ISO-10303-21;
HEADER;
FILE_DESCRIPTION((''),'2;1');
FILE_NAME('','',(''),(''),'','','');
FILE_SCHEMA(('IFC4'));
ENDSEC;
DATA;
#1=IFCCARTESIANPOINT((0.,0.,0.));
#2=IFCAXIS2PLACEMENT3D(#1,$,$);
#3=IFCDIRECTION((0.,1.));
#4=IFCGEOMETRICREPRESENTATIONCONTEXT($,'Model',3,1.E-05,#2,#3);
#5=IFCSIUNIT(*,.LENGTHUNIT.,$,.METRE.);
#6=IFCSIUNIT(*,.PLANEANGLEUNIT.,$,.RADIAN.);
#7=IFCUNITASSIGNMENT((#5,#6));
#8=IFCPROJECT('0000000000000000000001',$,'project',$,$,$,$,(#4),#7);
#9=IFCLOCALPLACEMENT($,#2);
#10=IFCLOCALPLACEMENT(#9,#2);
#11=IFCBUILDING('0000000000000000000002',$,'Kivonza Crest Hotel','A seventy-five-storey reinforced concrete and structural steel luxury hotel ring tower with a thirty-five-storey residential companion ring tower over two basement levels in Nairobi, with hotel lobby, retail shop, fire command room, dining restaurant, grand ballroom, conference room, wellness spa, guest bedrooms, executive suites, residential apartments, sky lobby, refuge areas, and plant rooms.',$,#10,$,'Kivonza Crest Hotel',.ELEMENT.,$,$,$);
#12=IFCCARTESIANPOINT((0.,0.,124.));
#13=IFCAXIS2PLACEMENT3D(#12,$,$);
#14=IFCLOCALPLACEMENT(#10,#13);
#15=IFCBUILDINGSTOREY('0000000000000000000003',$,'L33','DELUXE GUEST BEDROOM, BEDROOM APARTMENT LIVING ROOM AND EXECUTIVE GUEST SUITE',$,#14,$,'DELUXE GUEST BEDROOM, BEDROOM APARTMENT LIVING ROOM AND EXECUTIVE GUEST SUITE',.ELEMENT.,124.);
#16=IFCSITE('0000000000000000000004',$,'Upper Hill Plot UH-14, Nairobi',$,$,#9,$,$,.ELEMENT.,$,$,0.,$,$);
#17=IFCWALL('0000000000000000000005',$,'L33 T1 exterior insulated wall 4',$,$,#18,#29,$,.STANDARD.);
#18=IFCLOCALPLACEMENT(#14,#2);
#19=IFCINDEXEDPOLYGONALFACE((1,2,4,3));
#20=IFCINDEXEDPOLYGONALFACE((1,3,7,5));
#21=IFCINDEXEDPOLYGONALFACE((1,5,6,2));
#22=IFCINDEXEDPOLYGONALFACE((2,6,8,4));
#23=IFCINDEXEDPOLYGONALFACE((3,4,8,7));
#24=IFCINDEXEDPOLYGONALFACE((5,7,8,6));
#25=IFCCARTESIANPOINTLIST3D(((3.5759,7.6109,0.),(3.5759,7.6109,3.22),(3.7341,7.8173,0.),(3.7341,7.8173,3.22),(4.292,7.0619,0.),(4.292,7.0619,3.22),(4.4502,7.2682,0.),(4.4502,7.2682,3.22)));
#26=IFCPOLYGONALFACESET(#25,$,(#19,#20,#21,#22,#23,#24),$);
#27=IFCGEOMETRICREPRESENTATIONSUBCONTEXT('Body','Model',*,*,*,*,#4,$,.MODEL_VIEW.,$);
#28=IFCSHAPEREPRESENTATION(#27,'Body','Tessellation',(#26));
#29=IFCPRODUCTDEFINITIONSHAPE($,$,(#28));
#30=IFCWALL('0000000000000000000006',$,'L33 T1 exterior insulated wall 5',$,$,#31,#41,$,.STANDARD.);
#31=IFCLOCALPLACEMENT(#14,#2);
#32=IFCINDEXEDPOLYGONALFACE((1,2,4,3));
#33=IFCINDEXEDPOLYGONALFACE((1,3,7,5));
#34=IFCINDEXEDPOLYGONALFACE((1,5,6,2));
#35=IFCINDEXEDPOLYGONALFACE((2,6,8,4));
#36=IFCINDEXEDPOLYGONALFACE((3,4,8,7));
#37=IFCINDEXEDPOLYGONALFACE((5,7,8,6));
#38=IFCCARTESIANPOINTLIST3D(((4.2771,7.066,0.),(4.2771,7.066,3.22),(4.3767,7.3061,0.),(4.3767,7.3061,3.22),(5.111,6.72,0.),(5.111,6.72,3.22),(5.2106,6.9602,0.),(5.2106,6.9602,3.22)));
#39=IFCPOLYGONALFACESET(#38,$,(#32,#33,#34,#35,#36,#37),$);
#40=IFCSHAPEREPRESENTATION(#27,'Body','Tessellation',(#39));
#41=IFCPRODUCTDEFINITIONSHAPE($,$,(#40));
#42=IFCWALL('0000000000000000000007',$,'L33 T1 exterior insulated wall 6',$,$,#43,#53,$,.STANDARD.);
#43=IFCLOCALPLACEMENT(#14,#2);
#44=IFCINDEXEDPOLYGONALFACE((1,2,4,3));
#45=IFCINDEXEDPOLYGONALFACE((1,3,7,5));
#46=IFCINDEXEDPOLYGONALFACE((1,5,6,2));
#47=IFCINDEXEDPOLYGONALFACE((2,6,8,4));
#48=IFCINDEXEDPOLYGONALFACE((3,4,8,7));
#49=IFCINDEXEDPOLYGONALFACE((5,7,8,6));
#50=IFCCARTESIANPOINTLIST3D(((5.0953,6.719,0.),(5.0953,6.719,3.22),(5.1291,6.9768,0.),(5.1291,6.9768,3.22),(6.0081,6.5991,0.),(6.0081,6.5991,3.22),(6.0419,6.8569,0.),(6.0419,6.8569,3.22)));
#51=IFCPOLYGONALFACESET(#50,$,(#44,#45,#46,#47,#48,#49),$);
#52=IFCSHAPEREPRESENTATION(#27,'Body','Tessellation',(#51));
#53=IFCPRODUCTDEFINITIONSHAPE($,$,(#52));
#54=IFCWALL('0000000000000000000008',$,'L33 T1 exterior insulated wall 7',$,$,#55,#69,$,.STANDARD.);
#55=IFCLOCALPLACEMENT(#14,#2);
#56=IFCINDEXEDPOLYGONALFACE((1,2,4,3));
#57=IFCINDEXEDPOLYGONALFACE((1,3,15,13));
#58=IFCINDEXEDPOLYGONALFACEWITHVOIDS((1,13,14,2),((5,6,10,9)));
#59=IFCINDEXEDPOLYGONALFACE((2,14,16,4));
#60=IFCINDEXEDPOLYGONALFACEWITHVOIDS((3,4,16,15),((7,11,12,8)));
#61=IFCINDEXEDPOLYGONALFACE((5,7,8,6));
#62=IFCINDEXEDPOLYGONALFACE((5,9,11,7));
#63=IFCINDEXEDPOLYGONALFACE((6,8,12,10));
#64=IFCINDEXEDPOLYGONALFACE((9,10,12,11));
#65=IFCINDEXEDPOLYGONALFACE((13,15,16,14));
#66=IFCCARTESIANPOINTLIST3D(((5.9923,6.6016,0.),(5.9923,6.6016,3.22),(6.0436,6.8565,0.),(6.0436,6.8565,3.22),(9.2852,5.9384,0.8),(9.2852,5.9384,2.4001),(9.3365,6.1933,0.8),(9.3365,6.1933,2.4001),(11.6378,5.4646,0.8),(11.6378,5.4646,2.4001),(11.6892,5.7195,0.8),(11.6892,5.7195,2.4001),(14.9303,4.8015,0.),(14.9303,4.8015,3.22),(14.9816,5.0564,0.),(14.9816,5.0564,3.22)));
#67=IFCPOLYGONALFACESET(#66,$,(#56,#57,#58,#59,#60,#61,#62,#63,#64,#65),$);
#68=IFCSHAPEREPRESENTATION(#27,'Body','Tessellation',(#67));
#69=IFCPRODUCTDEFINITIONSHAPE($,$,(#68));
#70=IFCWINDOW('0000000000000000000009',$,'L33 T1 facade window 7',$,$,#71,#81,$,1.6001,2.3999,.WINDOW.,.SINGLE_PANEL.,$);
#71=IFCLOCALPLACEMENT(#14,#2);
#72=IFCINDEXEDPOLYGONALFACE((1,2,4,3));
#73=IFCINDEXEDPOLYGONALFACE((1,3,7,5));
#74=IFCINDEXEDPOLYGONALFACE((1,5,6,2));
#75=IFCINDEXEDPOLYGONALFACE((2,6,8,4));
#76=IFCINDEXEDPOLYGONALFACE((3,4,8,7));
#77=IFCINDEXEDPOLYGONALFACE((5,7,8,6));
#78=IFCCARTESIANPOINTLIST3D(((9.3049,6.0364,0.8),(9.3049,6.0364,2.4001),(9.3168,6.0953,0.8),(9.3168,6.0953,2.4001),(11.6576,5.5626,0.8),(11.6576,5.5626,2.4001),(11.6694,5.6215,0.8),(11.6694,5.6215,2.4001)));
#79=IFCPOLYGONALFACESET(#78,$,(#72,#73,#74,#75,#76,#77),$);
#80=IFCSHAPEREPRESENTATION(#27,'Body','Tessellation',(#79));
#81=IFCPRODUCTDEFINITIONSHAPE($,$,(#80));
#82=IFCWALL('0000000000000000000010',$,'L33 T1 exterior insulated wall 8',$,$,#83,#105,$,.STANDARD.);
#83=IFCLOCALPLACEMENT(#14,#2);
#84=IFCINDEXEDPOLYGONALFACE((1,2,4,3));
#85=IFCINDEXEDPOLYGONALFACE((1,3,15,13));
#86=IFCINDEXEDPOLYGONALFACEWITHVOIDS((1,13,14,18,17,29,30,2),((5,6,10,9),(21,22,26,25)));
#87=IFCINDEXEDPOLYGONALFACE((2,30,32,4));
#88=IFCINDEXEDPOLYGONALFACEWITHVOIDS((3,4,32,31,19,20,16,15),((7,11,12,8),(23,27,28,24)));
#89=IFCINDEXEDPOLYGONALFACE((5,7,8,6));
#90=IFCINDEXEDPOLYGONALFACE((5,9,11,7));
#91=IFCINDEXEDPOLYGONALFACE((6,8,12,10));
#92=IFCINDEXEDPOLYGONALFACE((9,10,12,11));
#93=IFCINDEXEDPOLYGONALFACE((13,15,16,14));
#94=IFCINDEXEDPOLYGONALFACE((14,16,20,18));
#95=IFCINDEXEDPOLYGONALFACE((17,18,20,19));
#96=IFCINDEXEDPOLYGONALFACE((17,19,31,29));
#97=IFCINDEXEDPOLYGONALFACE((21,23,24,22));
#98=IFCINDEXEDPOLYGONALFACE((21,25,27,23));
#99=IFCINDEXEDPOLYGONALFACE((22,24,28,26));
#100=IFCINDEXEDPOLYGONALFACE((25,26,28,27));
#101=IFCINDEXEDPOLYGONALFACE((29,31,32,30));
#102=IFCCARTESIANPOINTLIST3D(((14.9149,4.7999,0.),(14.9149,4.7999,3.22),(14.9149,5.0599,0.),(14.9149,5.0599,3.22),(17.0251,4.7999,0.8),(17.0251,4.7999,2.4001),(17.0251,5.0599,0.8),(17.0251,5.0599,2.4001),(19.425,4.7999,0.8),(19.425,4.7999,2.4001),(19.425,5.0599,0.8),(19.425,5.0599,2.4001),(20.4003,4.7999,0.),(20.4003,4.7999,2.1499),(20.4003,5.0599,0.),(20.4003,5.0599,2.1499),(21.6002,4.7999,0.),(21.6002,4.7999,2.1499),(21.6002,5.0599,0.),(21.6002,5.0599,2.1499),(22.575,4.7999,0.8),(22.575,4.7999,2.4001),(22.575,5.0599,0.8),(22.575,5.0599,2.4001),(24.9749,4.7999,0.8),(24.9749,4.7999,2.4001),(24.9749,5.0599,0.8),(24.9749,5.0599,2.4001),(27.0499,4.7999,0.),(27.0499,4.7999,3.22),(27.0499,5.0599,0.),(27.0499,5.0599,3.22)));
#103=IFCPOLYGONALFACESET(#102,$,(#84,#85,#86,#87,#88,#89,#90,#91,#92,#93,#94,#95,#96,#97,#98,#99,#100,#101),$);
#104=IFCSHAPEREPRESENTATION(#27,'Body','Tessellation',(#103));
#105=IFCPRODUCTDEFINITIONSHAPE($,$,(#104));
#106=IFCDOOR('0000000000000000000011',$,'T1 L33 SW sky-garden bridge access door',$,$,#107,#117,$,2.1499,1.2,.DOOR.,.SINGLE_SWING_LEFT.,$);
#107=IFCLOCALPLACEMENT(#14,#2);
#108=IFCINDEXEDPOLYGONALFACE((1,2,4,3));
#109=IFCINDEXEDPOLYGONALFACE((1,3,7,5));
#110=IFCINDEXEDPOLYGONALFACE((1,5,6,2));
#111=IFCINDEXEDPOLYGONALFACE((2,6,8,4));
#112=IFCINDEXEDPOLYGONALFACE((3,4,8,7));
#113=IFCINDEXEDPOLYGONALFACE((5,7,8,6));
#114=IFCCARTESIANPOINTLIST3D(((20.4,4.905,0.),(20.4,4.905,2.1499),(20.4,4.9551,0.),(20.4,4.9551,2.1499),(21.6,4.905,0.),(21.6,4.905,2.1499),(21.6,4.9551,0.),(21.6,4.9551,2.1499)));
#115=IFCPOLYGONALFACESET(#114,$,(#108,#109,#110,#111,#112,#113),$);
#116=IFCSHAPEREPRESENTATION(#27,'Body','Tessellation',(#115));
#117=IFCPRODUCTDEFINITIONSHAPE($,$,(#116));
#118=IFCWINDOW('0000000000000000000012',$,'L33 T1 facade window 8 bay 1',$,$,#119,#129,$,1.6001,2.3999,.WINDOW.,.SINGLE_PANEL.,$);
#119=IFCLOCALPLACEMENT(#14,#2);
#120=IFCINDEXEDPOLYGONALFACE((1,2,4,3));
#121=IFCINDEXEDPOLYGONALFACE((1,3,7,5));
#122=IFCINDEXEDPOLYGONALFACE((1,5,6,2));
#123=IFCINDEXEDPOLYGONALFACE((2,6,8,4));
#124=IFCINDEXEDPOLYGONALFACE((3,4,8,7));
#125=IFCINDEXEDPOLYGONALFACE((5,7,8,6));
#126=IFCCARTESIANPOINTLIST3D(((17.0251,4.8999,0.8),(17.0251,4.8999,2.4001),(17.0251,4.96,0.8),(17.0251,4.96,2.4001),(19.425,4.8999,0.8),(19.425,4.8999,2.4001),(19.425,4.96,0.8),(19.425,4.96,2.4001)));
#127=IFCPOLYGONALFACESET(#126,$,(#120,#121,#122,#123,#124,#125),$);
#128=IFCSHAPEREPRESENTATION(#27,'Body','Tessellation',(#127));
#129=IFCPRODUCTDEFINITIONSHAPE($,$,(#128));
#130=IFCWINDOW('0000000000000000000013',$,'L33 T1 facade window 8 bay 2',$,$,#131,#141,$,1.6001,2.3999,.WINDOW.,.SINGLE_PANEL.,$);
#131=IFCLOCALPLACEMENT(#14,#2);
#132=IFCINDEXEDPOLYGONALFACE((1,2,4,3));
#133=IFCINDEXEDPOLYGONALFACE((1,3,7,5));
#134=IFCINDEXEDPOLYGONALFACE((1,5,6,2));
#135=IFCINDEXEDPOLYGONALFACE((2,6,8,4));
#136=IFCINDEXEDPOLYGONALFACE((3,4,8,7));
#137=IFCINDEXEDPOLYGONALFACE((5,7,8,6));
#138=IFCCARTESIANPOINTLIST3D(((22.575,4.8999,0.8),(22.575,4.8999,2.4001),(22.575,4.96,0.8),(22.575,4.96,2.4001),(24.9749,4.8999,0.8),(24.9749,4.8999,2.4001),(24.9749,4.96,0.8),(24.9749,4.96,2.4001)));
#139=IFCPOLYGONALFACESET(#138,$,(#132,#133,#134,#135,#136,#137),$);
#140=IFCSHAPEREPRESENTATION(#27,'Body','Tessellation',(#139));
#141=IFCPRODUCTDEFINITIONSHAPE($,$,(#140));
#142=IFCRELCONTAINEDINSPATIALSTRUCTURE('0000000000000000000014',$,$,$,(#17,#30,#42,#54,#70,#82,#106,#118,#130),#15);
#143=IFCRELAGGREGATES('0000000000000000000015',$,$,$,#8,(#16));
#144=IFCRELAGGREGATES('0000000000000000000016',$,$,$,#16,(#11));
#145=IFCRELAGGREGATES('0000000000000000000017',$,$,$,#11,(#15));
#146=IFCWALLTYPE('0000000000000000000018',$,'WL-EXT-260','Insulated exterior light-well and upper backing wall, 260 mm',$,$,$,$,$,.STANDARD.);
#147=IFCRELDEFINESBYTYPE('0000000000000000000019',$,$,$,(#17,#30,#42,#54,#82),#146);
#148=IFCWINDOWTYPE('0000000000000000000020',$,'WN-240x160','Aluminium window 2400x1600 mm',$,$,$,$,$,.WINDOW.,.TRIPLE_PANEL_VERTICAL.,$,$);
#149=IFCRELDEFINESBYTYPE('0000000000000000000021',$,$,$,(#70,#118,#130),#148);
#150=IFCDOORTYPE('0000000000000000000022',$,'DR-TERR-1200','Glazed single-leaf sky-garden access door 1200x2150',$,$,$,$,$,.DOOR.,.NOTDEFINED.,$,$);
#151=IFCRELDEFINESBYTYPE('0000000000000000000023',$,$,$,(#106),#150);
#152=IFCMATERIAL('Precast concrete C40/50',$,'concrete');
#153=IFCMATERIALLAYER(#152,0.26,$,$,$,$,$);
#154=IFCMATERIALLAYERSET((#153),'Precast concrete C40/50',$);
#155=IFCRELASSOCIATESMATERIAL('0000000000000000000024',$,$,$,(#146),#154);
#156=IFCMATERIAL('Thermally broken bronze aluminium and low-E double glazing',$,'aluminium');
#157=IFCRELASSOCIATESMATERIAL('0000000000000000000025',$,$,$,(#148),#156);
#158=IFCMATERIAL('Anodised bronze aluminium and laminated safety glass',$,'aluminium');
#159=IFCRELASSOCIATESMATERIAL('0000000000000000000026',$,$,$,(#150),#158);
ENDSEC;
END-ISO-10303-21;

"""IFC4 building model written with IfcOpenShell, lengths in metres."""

from ifc_helpers import new_model, si_unit, direction, frame, frame_2d, origin, place, context, subcontext, project, spatial, rectangle, extrude, material, layer, layer_set, type_object, element, fill, save


model = new_model("IFC4")

# Units and contexts
model_context = context("Model", 3, precision=1e-05, world=origin(), true_north=direction((0.0, 1.0)))
body_context = subcontext(model_context, "Body", "Model", "MODEL_VIEW")
ifc_project = project(units=[si_unit("LENGTHUNIT", "METRE"), si_unit("PLANEANGLEUNIT", "RADIAN")], contexts=[model_context])

# Site, building, storey
site_placement = place(None, origin())
site = spatial("IfcSite", under=ifc_project, at=site_placement, Name="Upper Hill Plot UH-14, Nairobi", CompositionType="ELEMENT", RefElevation=0.0)
building_placement = place(site_placement, origin())
building = spatial("IfcBuilding", under=site, at=building_placement, Name="Kivonza Crest Hotel", Description="A seventy-five-storey reinforced concrete and structural steel luxury hotel ring tower with a thirty-five-storey residential companion ring tower over two basement levels in Nairobi, with hotel lobby, retail shop, fire command room, dining restaurant, grand ballroom, conference room, wellness spa, guest bedrooms, executive suites, residential apartments, sky lobby, refuge areas, and plant rooms.", LongName="Kivonza Crest Hotel", CompositionType="ELEMENT")
storey_placement = place(building_placement, frame((0.0, 0.0, 124.0)))
storey = spatial("IfcBuildingStorey", under=building, at=storey_placement, Name="L33", Description="DELUXE GUEST BEDROOM, BEDROOM APARTMENT LIVING ROOM AND EXECUTIVE GUEST SUITE", LongName="DELUXE GUEST BEDROOM, BEDROOM APARTMENT LIVING ROOM AND EXECUTIVE GUEST SUITE", CompositionType="ELEMENT", Elevation=124.0)

# Walls
ifc_material_1 = material(Name="Precast concrete C40/50", Category="concrete")
ifc_layer_1 = layer(ifc_material_1, 0.26)
ifc_layer_set_1 = layer_set([ifc_layer_1], Name="Precast concrete C40/50")
wall_type_1 = type_object("IfcWallType", Name="WL-EXT-260", Description="Insulated exterior light-well and upper backing wall, 260 mm", PredefinedType="STANDARD", material=ifc_layer_set_1)
wall_1_placement = place(storey_placement, frame((3.655, 7.7141, 0.0), z_axis=(0.0, 0.0, 1.0), x_axis=(0.793558, -0.608494, 0.0)))
element("IfcWall", 1, at=wall_1_placement, inside=storey, type_object=wall_type_1, Name="L33 T1 exterior insulated wall 4", PredefinedType="STANDARD", context=body_context, shape_type="SweptSolid", body=[
    extrude(rectangle(XDim=0.9023, YDim=0.26, at=frame_2d((0.4512, 0.0))), origin(), (0.0, 0.0, 1.0), 3.22),
])
wall_2_placement = place(storey_placement, frame((4.3269, 7.186, 0.0), z_axis=(0.0, 0.0, 1.0), x_axis=(0.923684, -0.383156, 0.0)))
element("IfcWall", 2, at=wall_2_placement, inside=storey, type_object=wall_type_1, Name="L33 T1 exterior insulated wall 5", PredefinedType="STANDARD", context=body_context, shape_type="SweptSolid", body=[
    extrude(rectangle(XDim=0.9028, YDim=0.26, at=frame_2d((0.4514, 0.0))), origin(), (0.0, 0.0, 1.0), 3.22),
])
wall_3_placement = place(storey_placement, frame((5.1121, 6.8479, 0.0), z_axis=(0.0, 0.0, 1.0), x_axis=(0.991488, -0.130201, 0.0)))
element("IfcWall", 3, at=wall_3_placement, inside=storey, type_object=wall_type_1, Name="L33 T1 exterior insulated wall 6", PredefinedType="STANDARD", context=body_context, shape_type="SweptSolid", body=[
    extrude(rectangle(XDim=0.9207, YDim=0.26, at=frame_2d((0.4604, 0.0))), origin(), (0.0, 0.0, 1.0), 3.22),
])

# Wall, opening, window
wall_4_placement = place(storey_placement, frame((6.0181, 6.729, 0.0), z_axis=(0.0, 0.0, 1.0), x_axis=(0.980317, -0.197429, 0.0)))
wall_4 = element("IfcWall", 4, at=wall_4_placement, inside=storey, type_object=wall_type_1, Name="L33 T1 exterior insulated wall 7", PredefinedType="STANDARD", context=body_context, shape_type="SweptSolid", body=[
    extrude(rectangle(XDim=9.1174, YDim=0.26, at=frame_2d((4.5586, 0.0))), origin(), (0.0, 0.0, 1.0), 3.22),
])
opening_1_placement = place(wall_4_placement, frame((3.3589, 0.0, 0.8)))
opening_1 = element("IfcOpeningElement", 5, at=opening_1_placement, cuts=wall_4, PredefinedType="OPENING", context=body_context, shape_type="SweptSolid", body=[
    extrude(rectangle(XDim=2.3999, YDim=1.6001, at=frame_2d((1.2, 0.8))), frame((0.0, 0.1401, 0.0), z_axis=(0.0, -1.0, 0.0), x_axis=(1.0, 0.0, 0.0)), (0.0, 0.0, 1.0), 0.28),
])
ifc_material_2 = material(Name="Thermally broken bronze aluminium and low-E double glazing", Category="aluminium")
window_type = type_object("IfcWindowType", Name="WN-240x160", Description="Aluminium window 2400x1600 mm", PartitioningType="TRIPLE_PANEL_VERTICAL", PredefinedType="WINDOW", material=ifc_material_2)
window_1_placement = place(opening_1_placement, origin())
window_1 = element("IfcWindow", 6, at=window_1_placement, inside=storey, type_object=window_type, Name="L33 T1 facade window 7", OverallHeight=1.6001, OverallWidth=2.3999, PartitioningType="SINGLE_PANEL", PredefinedType="WINDOW", context=body_context, shape_type="SweptSolid", body=[
    extrude(rectangle(XDim=2.3999, YDim=1.6001, at=frame_2d((1.2, 0.8))), frame((0.0, 0.03, 0.0), z_axis=(0.0, -1.0, 0.0), x_axis=(1.0, 0.0, 0.0)), (0.0, 0.0, 1.0), 0.0601),
])
fill(opening_1, window_1)

# Wall, openings, door, windows
wall_5_placement = place(storey_placement, frame((14.915, 4.9299, 0.0), z_axis=(0.0, 0.0, 1.0), x_axis=(1.0, 0.0, 0.0)))
wall_5 = element("IfcWall", 7, at=wall_5_placement, inside=storey, type_object=wall_type_1, Name="L33 T1 exterior insulated wall 8", PredefinedType="STANDARD", context=body_context, shape_type="SweptSolid", body=[
    extrude(rectangle(XDim=12.135, YDim=0.26, at=frame_2d((6.0674, 0.0))), origin(), (0.0, 0.0, 1.0), 3.22),
])
opening_2_placement = place(wall_5_placement, frame((5.4851, 0.0, 0.0)))
opening_2 = element("IfcOpeningElement", 8, at=opening_2_placement, cuts=wall_5, PredefinedType="OPENING", context=body_context, shape_type="SweptSolid", body=[
    extrude(rectangle(XDim=1.2, YDim=2.1499, at=frame_2d((0.6001, 1.075))), frame((0.0, 0.1401, 0.0), z_axis=(0.0, -1.0, 0.0), x_axis=(1.0, 0.0, 0.0)), (0.0, 0.0, 1.0), 0.28),
])
opening_3_placement = place(wall_5_placement, frame((2.1101, 0.0, 0.8)))
opening_3 = element("IfcOpeningElement", 9, at=opening_3_placement, cuts=wall_5, PredefinedType="OPENING", context=body_context, shape_type="SweptSolid", body=[
    extrude(rectangle(XDim=2.3999, YDim=1.6001, at=frame_2d((1.2, 0.8))), frame((0.0, 0.1401, 0.0), z_axis=(0.0, -1.0, 0.0), x_axis=(1.0, 0.0, 0.0)), (0.0, 0.0, 1.0), 0.28),
])
opening_4_placement = place(wall_5_placement, frame((7.6599, 0.0, 0.8)))
opening_4 = element("IfcOpeningElement", 10, at=opening_4_placement, cuts=wall_5, PredefinedType="OPENING", context=body_context, shape_type="SweptSolid", body=[
    extrude(rectangle(XDim=2.3999, YDim=1.6001, at=frame_2d((1.2, 0.8))), frame((0.0, 0.1401, 0.0), z_axis=(0.0, -1.0, 0.0), x_axis=(1.0, 0.0, 0.0)), (0.0, 0.0, 1.0), 0.28),
])
ifc_material_3 = material(Name="Anodised bronze aluminium and laminated safety glass", Category="aluminium")
door_type = type_object("IfcDoorType", Name="DR-TERR-1200", Description="Glazed single-leaf sky-garden access door 1200x2150", OperationType="NOTDEFINED", PredefinedType="DOOR", material=ifc_material_3)
door_placement = place(opening_2_placement, frame((1.2, 0.0, 0.0), z_axis=(0.0, 0.0, 1.0), x_axis=(-1.0, 0.0, 0.0)))
door = element("IfcDoor", 11, at=door_placement, inside=storey, type_object=door_type, Name="T1 L33 SW sky-garden bridge access door", OperationType="SINGLE_SWING_LEFT", OverallHeight=2.1499, OverallWidth=1.2, PredefinedType="DOOR", context=body_context, shape_type="SweptSolid", body=[
    extrude(rectangle(XDim=1.2, YDim=2.1499, at=frame_2d((0.6001, 1.075))), frame((0.0, 0.0249, 0.0), z_axis=(0.0, -1.0, 0.0), x_axis=(1.0, 0.0, 0.0)), (0.0, 0.0, 1.0), 0.05),
])
fill(opening_2, door)
window_2_placement = place(opening_3_placement, origin())
window_2 = element("IfcWindow", 12, at=window_2_placement, inside=storey, type_object=window_type, Name="L33 T1 facade window 8 bay 1", OverallHeight=1.6001, OverallWidth=2.3999, PartitioningType="SINGLE_PANEL", PredefinedType="WINDOW", context=body_context, shape_type="SweptSolid", body=[
    extrude(rectangle(XDim=2.3999, YDim=1.6001, at=frame_2d((1.2, 0.8))), frame((0.0, 0.03, 0.0), z_axis=(0.0, -1.0, 0.0), x_axis=(1.0, 0.0, 0.0)), (0.0, 0.0, 1.0), 0.0601),
])
fill(opening_3, window_2)
window_3_placement = place(opening_4_placement, origin())
window_3 = element("IfcWindow", 13, at=window_3_placement, inside=storey, type_object=window_type, Name="L33 T1 facade window 8 bay 2", OverallHeight=1.6001, OverallWidth=2.3999, PartitioningType="SINGLE_PANEL", PredefinedType="WINDOW", context=body_context, shape_type="SweptSolid", body=[
    extrude(rectangle(XDim=2.3999, YDim=1.6001, at=frame_2d((1.2, 0.8))), frame((0.0, 0.03, 0.0), z_axis=(0.0, -1.0, 0.0), x_axis=(1.0, 0.0, 0.0)), (0.0, 0.0, 1.0), 0.0601),
])
fill(opening_4, window_3)

save(model, "model.ifc")
